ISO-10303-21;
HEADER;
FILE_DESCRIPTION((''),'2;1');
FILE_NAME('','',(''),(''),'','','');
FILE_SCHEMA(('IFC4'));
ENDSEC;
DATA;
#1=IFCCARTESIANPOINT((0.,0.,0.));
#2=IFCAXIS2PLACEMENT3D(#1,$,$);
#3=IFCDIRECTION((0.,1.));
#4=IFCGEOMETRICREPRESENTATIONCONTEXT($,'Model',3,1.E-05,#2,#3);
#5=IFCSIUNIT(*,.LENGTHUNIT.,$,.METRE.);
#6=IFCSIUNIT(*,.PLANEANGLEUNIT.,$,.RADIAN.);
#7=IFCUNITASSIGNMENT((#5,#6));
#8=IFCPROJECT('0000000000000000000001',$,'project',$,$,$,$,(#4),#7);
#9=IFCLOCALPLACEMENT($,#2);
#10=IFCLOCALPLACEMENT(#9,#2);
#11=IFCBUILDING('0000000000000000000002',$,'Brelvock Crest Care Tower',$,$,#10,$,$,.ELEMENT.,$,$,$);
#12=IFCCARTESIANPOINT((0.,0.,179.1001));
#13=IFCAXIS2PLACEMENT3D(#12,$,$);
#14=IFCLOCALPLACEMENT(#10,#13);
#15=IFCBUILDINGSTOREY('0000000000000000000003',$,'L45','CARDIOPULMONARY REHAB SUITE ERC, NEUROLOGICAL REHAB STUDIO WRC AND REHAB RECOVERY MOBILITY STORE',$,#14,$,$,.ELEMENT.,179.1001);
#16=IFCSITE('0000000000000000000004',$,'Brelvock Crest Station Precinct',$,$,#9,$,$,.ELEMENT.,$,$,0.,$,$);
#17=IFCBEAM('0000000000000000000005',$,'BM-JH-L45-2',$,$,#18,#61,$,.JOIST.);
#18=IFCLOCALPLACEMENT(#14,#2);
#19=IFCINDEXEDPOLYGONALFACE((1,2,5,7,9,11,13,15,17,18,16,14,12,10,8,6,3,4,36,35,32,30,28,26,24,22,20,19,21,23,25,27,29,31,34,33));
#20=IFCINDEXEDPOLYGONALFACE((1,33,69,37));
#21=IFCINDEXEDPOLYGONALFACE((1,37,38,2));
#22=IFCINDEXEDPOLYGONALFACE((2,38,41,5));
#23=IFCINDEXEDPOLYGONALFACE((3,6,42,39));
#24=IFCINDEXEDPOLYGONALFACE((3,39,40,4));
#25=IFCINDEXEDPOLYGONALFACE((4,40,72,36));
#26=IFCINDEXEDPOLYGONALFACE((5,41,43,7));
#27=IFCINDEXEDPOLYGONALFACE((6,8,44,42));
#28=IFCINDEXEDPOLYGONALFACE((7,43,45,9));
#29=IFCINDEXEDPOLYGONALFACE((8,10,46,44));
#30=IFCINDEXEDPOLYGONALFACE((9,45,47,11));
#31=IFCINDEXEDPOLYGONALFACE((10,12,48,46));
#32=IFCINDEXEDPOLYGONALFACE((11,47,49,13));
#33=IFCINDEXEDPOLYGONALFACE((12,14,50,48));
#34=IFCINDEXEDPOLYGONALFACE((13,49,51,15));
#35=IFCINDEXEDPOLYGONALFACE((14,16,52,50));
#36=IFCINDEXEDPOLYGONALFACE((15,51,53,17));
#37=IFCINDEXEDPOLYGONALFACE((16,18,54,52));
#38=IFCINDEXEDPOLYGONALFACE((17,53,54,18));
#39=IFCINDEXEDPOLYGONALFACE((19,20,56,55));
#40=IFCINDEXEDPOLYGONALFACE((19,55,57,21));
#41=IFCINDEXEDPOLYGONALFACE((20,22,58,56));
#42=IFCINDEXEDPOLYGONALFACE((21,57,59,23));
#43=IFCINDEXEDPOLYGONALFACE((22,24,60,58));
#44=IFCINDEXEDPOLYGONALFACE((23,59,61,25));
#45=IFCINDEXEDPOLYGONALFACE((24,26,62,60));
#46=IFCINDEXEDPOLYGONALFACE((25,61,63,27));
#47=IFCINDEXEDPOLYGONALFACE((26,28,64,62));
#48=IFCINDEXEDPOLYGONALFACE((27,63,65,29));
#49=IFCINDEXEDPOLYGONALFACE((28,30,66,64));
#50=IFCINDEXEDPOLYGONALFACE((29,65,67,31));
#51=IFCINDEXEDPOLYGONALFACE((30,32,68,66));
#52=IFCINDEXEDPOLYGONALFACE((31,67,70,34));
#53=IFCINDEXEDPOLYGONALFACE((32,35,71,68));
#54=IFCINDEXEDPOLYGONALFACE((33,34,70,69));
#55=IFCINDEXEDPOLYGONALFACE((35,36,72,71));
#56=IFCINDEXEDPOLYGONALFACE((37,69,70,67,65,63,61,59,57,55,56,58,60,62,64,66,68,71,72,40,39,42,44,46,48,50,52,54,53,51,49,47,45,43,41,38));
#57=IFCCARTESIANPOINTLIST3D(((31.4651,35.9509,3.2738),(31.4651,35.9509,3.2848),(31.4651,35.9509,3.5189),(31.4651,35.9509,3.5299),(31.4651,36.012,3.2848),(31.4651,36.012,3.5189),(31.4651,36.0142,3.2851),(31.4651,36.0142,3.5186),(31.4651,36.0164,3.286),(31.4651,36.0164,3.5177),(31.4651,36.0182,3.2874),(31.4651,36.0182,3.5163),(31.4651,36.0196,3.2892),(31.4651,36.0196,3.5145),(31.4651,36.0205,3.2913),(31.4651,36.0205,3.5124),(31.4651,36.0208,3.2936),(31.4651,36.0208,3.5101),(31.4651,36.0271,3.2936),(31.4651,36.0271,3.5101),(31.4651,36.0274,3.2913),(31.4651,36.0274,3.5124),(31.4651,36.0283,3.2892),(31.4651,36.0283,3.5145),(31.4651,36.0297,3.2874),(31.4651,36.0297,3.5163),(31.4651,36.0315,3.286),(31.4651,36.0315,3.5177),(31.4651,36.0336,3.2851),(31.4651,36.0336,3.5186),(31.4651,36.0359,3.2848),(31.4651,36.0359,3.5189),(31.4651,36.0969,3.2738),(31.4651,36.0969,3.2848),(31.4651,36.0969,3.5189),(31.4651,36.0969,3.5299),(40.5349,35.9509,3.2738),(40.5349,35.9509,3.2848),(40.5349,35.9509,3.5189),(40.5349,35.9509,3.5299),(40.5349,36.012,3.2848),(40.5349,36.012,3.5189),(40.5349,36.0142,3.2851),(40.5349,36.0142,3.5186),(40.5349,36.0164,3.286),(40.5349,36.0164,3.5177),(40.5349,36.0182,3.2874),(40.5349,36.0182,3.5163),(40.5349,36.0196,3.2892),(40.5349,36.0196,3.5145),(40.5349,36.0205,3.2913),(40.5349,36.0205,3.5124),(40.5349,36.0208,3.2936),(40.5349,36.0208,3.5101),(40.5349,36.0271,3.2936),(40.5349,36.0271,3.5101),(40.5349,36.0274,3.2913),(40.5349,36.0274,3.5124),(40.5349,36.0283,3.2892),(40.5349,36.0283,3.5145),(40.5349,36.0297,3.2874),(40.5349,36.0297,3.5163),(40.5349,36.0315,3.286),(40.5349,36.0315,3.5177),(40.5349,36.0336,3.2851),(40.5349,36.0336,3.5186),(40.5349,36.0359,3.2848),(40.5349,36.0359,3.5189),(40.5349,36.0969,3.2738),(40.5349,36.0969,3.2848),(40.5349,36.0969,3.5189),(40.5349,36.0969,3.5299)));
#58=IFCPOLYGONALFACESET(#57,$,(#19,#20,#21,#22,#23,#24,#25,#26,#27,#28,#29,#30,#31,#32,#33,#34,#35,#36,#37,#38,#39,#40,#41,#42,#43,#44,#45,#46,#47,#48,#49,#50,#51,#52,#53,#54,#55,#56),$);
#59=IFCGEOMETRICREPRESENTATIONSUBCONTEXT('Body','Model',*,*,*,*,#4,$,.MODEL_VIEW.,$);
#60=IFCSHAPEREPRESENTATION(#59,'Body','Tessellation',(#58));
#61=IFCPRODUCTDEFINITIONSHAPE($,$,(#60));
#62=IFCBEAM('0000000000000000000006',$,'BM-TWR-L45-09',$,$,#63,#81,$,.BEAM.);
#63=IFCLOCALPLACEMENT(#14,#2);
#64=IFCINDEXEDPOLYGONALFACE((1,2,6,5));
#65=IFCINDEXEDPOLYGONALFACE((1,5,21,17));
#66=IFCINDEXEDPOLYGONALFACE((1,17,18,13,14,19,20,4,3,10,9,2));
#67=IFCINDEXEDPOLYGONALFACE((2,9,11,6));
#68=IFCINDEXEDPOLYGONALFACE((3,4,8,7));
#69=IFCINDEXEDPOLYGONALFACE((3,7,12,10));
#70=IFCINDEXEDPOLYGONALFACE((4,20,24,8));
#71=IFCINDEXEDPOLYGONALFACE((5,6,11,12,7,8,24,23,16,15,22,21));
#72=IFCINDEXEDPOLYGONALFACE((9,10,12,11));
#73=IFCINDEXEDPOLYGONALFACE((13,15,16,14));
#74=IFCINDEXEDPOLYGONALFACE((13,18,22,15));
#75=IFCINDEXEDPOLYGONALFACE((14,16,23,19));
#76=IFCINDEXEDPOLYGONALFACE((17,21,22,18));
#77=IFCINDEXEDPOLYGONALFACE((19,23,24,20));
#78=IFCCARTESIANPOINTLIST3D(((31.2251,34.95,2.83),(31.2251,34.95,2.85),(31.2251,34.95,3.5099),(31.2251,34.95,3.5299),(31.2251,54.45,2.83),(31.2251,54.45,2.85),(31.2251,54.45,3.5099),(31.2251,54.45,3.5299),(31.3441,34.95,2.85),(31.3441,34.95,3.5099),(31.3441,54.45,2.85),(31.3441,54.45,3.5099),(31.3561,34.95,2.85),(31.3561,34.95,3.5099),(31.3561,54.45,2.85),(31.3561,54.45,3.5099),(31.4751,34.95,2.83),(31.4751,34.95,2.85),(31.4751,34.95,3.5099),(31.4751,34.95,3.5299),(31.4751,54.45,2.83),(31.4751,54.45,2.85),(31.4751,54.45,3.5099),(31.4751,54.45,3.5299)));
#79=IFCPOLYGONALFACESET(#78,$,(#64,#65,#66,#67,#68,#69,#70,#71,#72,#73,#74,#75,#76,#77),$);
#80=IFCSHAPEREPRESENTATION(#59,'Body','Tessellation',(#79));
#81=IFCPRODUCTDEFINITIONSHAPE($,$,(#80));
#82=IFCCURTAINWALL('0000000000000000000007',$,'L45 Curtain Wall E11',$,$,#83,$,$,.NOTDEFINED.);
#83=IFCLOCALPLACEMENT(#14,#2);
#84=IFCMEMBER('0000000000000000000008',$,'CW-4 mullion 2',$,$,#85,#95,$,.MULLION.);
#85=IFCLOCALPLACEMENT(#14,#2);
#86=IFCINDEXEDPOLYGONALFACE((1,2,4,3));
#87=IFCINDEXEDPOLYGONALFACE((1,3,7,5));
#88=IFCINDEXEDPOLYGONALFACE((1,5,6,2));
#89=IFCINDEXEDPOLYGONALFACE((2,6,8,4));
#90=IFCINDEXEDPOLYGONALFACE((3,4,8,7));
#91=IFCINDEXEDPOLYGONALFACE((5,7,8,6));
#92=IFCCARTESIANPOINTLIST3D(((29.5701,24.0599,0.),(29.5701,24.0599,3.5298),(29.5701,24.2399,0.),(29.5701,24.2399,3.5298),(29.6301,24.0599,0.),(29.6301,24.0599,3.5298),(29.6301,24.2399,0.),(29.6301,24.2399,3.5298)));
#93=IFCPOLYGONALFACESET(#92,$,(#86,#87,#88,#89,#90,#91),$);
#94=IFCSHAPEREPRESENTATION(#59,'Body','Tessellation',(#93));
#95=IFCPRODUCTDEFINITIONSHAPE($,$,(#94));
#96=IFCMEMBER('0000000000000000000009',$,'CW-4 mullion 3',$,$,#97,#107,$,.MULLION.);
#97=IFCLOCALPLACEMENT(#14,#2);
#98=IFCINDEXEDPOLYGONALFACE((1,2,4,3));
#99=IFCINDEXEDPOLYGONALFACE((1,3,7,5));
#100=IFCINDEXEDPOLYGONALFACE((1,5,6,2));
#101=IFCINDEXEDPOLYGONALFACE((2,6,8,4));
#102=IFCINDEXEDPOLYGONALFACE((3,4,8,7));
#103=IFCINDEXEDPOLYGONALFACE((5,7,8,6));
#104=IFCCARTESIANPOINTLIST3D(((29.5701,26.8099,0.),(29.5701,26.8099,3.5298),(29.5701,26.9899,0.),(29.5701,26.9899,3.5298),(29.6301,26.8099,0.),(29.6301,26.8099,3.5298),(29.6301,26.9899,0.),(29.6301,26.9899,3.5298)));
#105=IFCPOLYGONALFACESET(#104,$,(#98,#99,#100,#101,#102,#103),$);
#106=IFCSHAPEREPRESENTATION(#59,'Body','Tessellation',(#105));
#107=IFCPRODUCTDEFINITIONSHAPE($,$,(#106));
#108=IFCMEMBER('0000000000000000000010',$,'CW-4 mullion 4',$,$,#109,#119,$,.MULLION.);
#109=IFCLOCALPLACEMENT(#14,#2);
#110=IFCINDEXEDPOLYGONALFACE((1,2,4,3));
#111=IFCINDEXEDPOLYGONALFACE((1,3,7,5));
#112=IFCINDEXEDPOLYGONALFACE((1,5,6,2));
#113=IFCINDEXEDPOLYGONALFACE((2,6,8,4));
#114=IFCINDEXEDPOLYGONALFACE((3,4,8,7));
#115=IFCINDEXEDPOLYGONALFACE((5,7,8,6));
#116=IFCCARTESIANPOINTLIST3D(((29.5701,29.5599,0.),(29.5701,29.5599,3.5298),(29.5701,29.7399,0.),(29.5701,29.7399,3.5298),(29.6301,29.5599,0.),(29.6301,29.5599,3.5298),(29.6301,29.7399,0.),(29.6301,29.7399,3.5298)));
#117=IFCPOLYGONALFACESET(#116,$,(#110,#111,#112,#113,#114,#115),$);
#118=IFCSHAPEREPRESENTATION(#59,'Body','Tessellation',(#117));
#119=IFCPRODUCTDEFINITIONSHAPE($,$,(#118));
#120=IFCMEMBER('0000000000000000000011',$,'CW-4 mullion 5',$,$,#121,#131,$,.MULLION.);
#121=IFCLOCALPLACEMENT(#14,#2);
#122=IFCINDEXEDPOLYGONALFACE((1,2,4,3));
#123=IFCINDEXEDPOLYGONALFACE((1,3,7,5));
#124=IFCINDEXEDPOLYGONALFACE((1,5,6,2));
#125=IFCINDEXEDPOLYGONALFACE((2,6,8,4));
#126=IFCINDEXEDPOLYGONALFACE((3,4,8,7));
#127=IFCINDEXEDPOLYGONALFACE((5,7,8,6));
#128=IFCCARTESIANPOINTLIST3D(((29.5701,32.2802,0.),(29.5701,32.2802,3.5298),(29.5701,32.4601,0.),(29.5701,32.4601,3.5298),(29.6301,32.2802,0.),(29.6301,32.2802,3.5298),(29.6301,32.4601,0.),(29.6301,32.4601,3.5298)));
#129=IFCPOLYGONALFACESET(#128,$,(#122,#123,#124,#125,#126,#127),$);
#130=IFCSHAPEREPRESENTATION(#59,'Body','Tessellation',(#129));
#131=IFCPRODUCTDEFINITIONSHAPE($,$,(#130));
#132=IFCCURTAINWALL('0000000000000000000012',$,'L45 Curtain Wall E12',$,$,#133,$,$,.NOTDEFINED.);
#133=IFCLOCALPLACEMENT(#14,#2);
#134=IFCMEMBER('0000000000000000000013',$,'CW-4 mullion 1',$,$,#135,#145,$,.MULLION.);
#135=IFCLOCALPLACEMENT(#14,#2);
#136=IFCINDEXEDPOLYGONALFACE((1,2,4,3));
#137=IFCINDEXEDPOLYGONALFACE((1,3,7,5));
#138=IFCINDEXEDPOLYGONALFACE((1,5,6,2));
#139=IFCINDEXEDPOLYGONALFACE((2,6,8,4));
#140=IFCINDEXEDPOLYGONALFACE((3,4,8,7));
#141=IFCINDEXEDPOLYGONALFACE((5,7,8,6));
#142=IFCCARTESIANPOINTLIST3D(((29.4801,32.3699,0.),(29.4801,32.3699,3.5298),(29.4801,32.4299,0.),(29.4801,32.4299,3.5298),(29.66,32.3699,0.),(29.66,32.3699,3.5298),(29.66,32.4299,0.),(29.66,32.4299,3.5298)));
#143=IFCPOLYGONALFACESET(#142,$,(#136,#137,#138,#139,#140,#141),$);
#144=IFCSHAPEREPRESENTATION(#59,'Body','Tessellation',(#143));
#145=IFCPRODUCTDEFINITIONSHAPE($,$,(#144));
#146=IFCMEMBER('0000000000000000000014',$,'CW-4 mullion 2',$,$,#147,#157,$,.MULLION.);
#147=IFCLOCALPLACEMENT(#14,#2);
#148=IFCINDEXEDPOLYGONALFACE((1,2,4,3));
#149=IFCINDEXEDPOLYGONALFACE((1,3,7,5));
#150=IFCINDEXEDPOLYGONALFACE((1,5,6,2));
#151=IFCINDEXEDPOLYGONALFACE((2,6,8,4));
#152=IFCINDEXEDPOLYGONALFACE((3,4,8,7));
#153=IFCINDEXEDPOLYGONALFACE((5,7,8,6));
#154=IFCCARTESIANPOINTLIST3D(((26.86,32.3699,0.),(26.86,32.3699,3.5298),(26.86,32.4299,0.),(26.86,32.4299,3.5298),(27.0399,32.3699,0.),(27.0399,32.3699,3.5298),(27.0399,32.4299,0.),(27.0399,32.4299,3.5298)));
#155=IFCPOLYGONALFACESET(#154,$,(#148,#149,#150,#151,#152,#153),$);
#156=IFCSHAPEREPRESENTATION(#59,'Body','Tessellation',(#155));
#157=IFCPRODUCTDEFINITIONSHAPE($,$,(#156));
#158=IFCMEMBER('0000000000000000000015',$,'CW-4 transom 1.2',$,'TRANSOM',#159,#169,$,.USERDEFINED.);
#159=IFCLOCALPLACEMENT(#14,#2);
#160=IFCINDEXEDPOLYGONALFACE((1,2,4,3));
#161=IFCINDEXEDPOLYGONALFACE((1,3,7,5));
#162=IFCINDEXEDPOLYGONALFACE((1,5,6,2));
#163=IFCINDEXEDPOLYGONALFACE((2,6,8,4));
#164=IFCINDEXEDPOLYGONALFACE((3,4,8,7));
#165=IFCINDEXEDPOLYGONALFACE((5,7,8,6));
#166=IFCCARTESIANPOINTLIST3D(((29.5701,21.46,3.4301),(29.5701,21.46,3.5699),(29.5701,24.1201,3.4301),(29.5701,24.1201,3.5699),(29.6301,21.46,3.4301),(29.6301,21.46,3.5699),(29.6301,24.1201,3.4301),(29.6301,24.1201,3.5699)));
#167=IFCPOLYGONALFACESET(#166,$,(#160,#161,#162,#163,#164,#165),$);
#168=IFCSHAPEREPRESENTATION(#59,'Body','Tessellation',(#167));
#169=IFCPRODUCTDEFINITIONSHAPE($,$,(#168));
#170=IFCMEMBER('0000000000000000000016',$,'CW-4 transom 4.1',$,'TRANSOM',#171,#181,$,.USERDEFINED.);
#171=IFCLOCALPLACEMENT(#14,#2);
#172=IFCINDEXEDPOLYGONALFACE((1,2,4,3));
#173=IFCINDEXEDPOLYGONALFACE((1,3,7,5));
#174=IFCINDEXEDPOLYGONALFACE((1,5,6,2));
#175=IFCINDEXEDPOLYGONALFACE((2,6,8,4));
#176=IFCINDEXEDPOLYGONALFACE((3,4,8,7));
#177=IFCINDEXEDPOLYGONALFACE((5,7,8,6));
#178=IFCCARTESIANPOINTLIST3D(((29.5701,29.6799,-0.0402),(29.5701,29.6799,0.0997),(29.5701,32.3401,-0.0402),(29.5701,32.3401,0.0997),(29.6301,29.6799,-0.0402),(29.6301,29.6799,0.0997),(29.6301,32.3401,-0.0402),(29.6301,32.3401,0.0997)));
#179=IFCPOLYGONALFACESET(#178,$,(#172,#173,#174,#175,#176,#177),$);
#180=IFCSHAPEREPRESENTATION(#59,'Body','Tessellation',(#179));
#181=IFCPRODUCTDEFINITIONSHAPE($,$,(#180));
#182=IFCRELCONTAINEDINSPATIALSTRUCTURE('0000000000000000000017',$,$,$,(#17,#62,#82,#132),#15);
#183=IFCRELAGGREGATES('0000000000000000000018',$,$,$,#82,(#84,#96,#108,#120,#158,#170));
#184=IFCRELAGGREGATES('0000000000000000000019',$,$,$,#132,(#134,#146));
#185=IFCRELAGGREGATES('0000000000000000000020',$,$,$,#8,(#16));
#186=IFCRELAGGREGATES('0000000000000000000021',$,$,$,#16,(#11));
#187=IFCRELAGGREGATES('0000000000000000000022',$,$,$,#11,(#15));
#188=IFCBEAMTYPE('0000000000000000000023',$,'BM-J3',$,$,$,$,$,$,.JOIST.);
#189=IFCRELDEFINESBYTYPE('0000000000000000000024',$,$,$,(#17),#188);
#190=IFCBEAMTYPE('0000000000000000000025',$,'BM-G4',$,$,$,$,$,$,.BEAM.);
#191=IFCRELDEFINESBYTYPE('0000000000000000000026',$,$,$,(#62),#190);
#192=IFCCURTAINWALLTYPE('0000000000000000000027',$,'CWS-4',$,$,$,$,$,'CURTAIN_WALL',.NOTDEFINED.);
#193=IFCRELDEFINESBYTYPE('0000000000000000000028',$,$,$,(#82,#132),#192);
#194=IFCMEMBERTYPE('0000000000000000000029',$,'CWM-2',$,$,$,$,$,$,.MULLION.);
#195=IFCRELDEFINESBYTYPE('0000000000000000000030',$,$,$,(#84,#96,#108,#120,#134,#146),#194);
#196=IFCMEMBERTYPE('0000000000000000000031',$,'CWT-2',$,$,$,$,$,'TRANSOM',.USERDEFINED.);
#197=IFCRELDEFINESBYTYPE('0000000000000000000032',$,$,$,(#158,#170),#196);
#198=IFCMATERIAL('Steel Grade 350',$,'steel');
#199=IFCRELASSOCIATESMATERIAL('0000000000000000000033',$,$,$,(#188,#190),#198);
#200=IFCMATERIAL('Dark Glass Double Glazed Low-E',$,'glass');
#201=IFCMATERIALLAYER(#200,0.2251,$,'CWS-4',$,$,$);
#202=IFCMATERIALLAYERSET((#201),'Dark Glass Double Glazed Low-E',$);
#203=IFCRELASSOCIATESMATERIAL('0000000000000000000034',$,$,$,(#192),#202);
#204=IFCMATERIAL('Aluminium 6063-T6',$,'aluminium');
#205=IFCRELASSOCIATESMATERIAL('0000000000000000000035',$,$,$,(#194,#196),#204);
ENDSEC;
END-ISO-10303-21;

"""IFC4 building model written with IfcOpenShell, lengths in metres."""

from ifc_helpers import new_model, si_unit, direction, frame, origin, origin_2d, place, context, subcontext, project, spatial, rectangle, i_section, extrude, source, transform, mapped, material, layer, layer_set, material_profile, profile_set, type_object, element, aggregate, save


model = new_model("IFC4")

# Units and contexts
model_context = context("Model", 3, precision=1e-05, world=origin(), true_north=direction((0.0, 1.0)))
body_context = subcontext(model_context, "Body", "Model", "MODEL_VIEW")
ifc_project = project(units=[si_unit("LENGTHUNIT", "METRE"), si_unit("PLANEANGLEUNIT", "RADIAN")], contexts=[model_context])

# Site, building, storey
site_placement = place(None, origin())
site = spatial("IfcSite", under=ifc_project, at=site_placement, Name="Brelvock Crest Station Precinct", CompositionType="ELEMENT", RefElevation=0.0)
building_placement = place(site_placement, origin())
building = spatial("IfcBuilding", under=site, at=building_placement, Name="Brelvock Crest Care Tower", CompositionType="ELEMENT")
storey_placement = place(building_placement, frame((0.0, 0.0, 179.1001)))
storey = spatial("IfcBuildingStorey", under=building, at=storey_placement, Name="L45", Description="CARDIOPULMONARY REHAB SUITE ERC, NEUROLOGICAL REHAB STUDIO WRC AND REHAB RECOVERY MOBILITY STORE", CompositionType="ELEMENT", Elevation=179.1001)

# Shared definitions
ifc_material_1 = material(Name="Steel Grade 350", Category="steel")

# Beams
ifc_material_profile_1 = material_profile(ifc_material_1, i_section(OverallWidth=0.146, OverallDepth=0.2561, WebThickness=0.0063, FlangeThickness=0.011, FilletRadius=0.0088, at=origin_2d()), Name="250UB37.3")
ifc_profile_set_1 = profile_set([ifc_material_profile_1], Name="Steel Grade 350")
beam_type_1 = type_object("IfcBeamType", Name="BM-J3", PredefinedType="JOIST", material=ifc_profile_set_1)
shared_shape_1 = source(origin(), body_context, "Body", "SweptSolid", [
    extrude(i_section(OverallWidth=0.146, OverallDepth=0.2561, WebThickness=0.0063, FlangeThickness=0.011, FilletRadius=0.0088, at=origin_2d()), origin(), (0.0, 0.0, 1.0), 9.0698),
])
for number, where, z_axis, x_axis, name in (
    (1, (31.4651, 36.0239, 3.4019), (1.0, 0.0, 0.0), (0.0, 1.0, 0.0), "BM-JH-L45-2"),
):
    element("IfcBeam", number, at=place(storey_placement, frame(where, z_axis=z_axis, x_axis=x_axis)), inside=storey, type_object=beam_type_1, Name=name, PredefinedType="JOIST", context=body_context, shape_type="MappedRepresentation", body=[
        mapped(shared_shape_1, transform((0.0, 0.0, 0.0), x_axis=(1.0, 0.0, 0.0), y_axis=(0.0, 1.0, 0.0), z_axis=(0.0, 0.0, 1.0), scale=1.0)),
    ])
ifc_material_profile_2 = material_profile(ifc_material_1, i_section(OverallWidth=0.25, OverallDepth=0.7, WebThickness=0.012, FlangeThickness=0.02, at=origin_2d()), Name="700WB150")
ifc_profile_set_2 = profile_set([ifc_material_profile_2], Name="Steel Grade 350")
beam_type_2 = type_object("IfcBeamType", Name="BM-G4", PredefinedType="BEAM", material=ifc_profile_set_2)
shared_shape_2 = source(origin(), body_context, "Body", "SweptSolid", [
    extrude(i_section(OverallWidth=0.25, OverallDepth=0.7, WebThickness=0.012, FlangeThickness=0.02, at=origin_2d()), origin(), (0.0, 0.0, 1.0), 19.5),
])
beam_1_placement = place(storey_placement, frame((31.3501, 34.95, 3.1799), z_axis=(0.0, 1.0, 0.0), x_axis=(-1.0, 0.0, 0.0)))
element("IfcBeam", 2, at=beam_1_placement, inside=storey, type_object=beam_type_2, Name="BM-TWR-L45-09", PredefinedType="BEAM", context=body_context, shape_type="MappedRepresentation", body=[
    mapped(shared_shape_2, transform((0.0, 0.0, 0.0), x_axis=(1.0, 0.0, 0.0), y_axis=(0.0, 1.0, 0.0), z_axis=(0.0, 0.0, 1.0), scale=1.0)),
])

# Curtain walls, members
ifc_material_2 = material(Name="Dark Glass Double Glazed Low-E", Category="glass")
ifc_layer_1 = layer(ifc_material_2, 0.2251, Name="CWS-4")
ifc_layer_set_1 = layer_set([ifc_layer_1], Name="Dark Glass Double Glazed Low-E")
curtain_wall_type = type_object("IfcCurtainWallType", Name="CWS-4", ElementType="CURTAIN_WALL", PredefinedType="NOTDEFINED", material=ifc_layer_set_1)
curtain_wall_1_placement = place(storey_placement, origin())
curtain_wall_1 = element("IfcCurtainWall", 3, at=curtain_wall_1_placement, inside=storey, type_object=curtain_wall_type, Name="L45 Curtain Wall E11", PredefinedType="NOTDEFINED")
ifc_material_3 = material(Name="Aluminium 6063-T6", Category="aluminium")
ifc_material_profile_3 = material_profile(ifc_material_3, rectangle(XDim=0.0601, YDim=0.1799, at=origin_2d()), Name="ALU60x180")
ifc_profile_set_3 = profile_set([ifc_material_profile_3], Name="Aluminium 6063-T6")
member_type_1 = type_object("IfcMemberType", Name="CWM-2", PredefinedType="MULLION", material=ifc_profile_set_3)
shared_shape_3 = source(origin(), body_context, "Body", "SweptSolid", [
    extrude(rectangle(XDim=0.0601, YDim=0.1799, at=origin_2d()), origin(), (0.0, 0.0, 1.0), 3.5298),
])
member_1_placement = place(storey_placement, frame((29.6001, 24.1499, 0.0), z_axis=(0.0, 0.0, 1.0), x_axis=(-1.0, 0.0, 0.0)))
member_1 = element("IfcMember", 4, at=member_1_placement, type_object=member_type_1, Name="CW-4 mullion 2", PredefinedType="MULLION", context=body_context, shape_type="MappedRepresentation", body=[
    mapped(shared_shape_3, transform((0.0, 0.0, 0.0), x_axis=(1.0, 0.0, 0.0), y_axis=(0.0, 1.0, 0.0), z_axis=(0.0, 0.0, 1.0), scale=1.0)),
])
member_2_placement = place(storey_placement, frame((29.6001, 26.8999, 0.0), z_axis=(0.0, 0.0, 1.0), x_axis=(-1.0, 0.0, 0.0)))
member_2 = element("IfcMember", 5, at=member_2_placement, type_object=member_type_1, Name="CW-4 mullion 3", PredefinedType="MULLION", context=body_context, shape_type="MappedRepresentation", body=[
    mapped(shared_shape_3, transform((0.0, 0.0, 0.0), x_axis=(1.0, 0.0, 0.0), y_axis=(0.0, 1.0, 0.0), z_axis=(0.0, 0.0, 1.0), scale=1.0)),
])
member_3_placement = place(storey_placement, frame((29.6001, 29.6499, 0.0), z_axis=(0.0, 0.0, 1.0), x_axis=(-1.0, 0.0, 0.0)))
member_3 = element("IfcMember", 6, at=member_3_placement, type_object=member_type_1, Name="CW-4 mullion 4", PredefinedType="MULLION", context=body_context, shape_type="MappedRepresentation", body=[
    mapped(shared_shape_3, transform((0.0, 0.0, 0.0), x_axis=(1.0, 0.0, 0.0), y_axis=(0.0, 1.0, 0.0), z_axis=(0.0, 0.0, 1.0), scale=1.0)),
])
member_4_placement = place(storey_placement, frame((29.6001, 32.3701, 0.0), z_axis=(0.0, 0.0, 1.0), x_axis=(-1.0, 0.0, 0.0)))
member_4 = element("IfcMember", 7, at=member_4_placement, type_object=member_type_1, Name="CW-4 mullion 5", PredefinedType="MULLION", context=body_context, shape_type="MappedRepresentation", body=[
    mapped(shared_shape_3, transform((0.0, 0.0, 0.0), x_axis=(1.0, 0.0, 0.0), y_axis=(0.0, 1.0, 0.0), z_axis=(0.0, 0.0, 1.0), scale=1.0)),
])
curtain_wall_2_placement = place(storey_placement, origin())
curtain_wall_2 = element("IfcCurtainWall", 8, at=curtain_wall_2_placement, inside=storey, type_object=curtain_wall_type, Name="L45 Curtain Wall E12", PredefinedType="NOTDEFINED")
member_5_placement = place(storey_placement, frame((29.5701, 32.3999, 0.0), z_axis=(0.0, 0.0, 1.0), x_axis=(0.0, -1.0, 0.0)))
member_5 = element("IfcMember", 9, at=member_5_placement, type_object=member_type_1, Name="CW-4 mullion 1", PredefinedType="MULLION", context=body_context, shape_type="MappedRepresentation", body=[
    mapped(shared_shape_3, transform((0.0, 0.0, 0.0), x_axis=(1.0, 0.0, 0.0), y_axis=(0.0, 1.0, 0.0), z_axis=(0.0, 0.0, 1.0), scale=1.0)),
])
member_6_placement = place(storey_placement, frame((26.95, 32.3999, 0.0), z_axis=(0.0, 0.0, 1.0), x_axis=(0.0, -1.0, 0.0)))
member_6 = element("IfcMember", 10, at=member_6_placement, type_object=member_type_1, Name="CW-4 mullion 2", PredefinedType="MULLION", context=body_context, shape_type="MappedRepresentation", body=[
    mapped(shared_shape_3, transform((0.0, 0.0, 0.0), x_axis=(1.0, 0.0, 0.0), y_axis=(0.0, 1.0, 0.0), z_axis=(0.0, 0.0, 1.0), scale=1.0)),
])

# Members
ifc_material_profile_4 = material_profile(ifc_material_3, rectangle(XDim=0.0601, YDim=0.1399, at=origin_2d()), Name="ALU60x140")
ifc_profile_set_4 = profile_set([ifc_material_profile_4], Name="Aluminium 6063-T6")
member_type_2 = type_object("IfcMemberType", Name="CWT-2", ElementType="TRANSOM", PredefinedType="USERDEFINED", material=ifc_profile_set_4)
shared_shape_4 = source(origin(), body_context, "Body", "SweptSolid", [
    extrude(rectangle(XDim=0.0601, YDim=0.1399, at=origin_2d()), origin(), (0.0, 0.0, 1.0), 2.6602),
])
member_7_placement = place(storey_placement, frame((29.6001, 21.46, 3.5), z_axis=(0.0, 1.0, 0.0), x_axis=(-1.0, 0.0, 0.0)))
member_7 = element("IfcMember", 11, at=member_7_placement, type_object=member_type_2, Name="CW-4 transom 1.2", ObjectType="TRANSOM", PredefinedType="USERDEFINED", context=body_context, shape_type="MappedRepresentation", body=[
    mapped(shared_shape_4, transform((0.0, 0.0, 0.0), x_axis=(1.0, 0.0, 0.0), y_axis=(0.0, 1.0, 0.0), z_axis=(0.0, 0.0, 1.0), scale=1.0)),
])
member_8_placement = place(storey_placement, frame((29.6001, 29.6799, 0.0298), z_axis=(0.0, 1.0, 0.0), x_axis=(-1.0, 0.0, 0.0)))
member_8 = element("IfcMember", 12, at=member_8_placement, type_object=member_type_2, Name="CW-4 transom 4.1", ObjectType="TRANSOM", PredefinedType="USERDEFINED", context=body_context, shape_type="MappedRepresentation", body=[
    mapped(shared_shape_4, transform((0.0, 0.0, 0.0), x_axis=(1.0, 0.0, 0.0), y_axis=(0.0, 1.0, 0.0), z_axis=(0.0, 0.0, 1.0), scale=1.0)),
])

aggregate(curtain_wall_1, [member_1, member_2, member_3, member_4, member_7, member_8])
aggregate(curtain_wall_2, [member_5, member_6])

save(model, "model.ifc")
